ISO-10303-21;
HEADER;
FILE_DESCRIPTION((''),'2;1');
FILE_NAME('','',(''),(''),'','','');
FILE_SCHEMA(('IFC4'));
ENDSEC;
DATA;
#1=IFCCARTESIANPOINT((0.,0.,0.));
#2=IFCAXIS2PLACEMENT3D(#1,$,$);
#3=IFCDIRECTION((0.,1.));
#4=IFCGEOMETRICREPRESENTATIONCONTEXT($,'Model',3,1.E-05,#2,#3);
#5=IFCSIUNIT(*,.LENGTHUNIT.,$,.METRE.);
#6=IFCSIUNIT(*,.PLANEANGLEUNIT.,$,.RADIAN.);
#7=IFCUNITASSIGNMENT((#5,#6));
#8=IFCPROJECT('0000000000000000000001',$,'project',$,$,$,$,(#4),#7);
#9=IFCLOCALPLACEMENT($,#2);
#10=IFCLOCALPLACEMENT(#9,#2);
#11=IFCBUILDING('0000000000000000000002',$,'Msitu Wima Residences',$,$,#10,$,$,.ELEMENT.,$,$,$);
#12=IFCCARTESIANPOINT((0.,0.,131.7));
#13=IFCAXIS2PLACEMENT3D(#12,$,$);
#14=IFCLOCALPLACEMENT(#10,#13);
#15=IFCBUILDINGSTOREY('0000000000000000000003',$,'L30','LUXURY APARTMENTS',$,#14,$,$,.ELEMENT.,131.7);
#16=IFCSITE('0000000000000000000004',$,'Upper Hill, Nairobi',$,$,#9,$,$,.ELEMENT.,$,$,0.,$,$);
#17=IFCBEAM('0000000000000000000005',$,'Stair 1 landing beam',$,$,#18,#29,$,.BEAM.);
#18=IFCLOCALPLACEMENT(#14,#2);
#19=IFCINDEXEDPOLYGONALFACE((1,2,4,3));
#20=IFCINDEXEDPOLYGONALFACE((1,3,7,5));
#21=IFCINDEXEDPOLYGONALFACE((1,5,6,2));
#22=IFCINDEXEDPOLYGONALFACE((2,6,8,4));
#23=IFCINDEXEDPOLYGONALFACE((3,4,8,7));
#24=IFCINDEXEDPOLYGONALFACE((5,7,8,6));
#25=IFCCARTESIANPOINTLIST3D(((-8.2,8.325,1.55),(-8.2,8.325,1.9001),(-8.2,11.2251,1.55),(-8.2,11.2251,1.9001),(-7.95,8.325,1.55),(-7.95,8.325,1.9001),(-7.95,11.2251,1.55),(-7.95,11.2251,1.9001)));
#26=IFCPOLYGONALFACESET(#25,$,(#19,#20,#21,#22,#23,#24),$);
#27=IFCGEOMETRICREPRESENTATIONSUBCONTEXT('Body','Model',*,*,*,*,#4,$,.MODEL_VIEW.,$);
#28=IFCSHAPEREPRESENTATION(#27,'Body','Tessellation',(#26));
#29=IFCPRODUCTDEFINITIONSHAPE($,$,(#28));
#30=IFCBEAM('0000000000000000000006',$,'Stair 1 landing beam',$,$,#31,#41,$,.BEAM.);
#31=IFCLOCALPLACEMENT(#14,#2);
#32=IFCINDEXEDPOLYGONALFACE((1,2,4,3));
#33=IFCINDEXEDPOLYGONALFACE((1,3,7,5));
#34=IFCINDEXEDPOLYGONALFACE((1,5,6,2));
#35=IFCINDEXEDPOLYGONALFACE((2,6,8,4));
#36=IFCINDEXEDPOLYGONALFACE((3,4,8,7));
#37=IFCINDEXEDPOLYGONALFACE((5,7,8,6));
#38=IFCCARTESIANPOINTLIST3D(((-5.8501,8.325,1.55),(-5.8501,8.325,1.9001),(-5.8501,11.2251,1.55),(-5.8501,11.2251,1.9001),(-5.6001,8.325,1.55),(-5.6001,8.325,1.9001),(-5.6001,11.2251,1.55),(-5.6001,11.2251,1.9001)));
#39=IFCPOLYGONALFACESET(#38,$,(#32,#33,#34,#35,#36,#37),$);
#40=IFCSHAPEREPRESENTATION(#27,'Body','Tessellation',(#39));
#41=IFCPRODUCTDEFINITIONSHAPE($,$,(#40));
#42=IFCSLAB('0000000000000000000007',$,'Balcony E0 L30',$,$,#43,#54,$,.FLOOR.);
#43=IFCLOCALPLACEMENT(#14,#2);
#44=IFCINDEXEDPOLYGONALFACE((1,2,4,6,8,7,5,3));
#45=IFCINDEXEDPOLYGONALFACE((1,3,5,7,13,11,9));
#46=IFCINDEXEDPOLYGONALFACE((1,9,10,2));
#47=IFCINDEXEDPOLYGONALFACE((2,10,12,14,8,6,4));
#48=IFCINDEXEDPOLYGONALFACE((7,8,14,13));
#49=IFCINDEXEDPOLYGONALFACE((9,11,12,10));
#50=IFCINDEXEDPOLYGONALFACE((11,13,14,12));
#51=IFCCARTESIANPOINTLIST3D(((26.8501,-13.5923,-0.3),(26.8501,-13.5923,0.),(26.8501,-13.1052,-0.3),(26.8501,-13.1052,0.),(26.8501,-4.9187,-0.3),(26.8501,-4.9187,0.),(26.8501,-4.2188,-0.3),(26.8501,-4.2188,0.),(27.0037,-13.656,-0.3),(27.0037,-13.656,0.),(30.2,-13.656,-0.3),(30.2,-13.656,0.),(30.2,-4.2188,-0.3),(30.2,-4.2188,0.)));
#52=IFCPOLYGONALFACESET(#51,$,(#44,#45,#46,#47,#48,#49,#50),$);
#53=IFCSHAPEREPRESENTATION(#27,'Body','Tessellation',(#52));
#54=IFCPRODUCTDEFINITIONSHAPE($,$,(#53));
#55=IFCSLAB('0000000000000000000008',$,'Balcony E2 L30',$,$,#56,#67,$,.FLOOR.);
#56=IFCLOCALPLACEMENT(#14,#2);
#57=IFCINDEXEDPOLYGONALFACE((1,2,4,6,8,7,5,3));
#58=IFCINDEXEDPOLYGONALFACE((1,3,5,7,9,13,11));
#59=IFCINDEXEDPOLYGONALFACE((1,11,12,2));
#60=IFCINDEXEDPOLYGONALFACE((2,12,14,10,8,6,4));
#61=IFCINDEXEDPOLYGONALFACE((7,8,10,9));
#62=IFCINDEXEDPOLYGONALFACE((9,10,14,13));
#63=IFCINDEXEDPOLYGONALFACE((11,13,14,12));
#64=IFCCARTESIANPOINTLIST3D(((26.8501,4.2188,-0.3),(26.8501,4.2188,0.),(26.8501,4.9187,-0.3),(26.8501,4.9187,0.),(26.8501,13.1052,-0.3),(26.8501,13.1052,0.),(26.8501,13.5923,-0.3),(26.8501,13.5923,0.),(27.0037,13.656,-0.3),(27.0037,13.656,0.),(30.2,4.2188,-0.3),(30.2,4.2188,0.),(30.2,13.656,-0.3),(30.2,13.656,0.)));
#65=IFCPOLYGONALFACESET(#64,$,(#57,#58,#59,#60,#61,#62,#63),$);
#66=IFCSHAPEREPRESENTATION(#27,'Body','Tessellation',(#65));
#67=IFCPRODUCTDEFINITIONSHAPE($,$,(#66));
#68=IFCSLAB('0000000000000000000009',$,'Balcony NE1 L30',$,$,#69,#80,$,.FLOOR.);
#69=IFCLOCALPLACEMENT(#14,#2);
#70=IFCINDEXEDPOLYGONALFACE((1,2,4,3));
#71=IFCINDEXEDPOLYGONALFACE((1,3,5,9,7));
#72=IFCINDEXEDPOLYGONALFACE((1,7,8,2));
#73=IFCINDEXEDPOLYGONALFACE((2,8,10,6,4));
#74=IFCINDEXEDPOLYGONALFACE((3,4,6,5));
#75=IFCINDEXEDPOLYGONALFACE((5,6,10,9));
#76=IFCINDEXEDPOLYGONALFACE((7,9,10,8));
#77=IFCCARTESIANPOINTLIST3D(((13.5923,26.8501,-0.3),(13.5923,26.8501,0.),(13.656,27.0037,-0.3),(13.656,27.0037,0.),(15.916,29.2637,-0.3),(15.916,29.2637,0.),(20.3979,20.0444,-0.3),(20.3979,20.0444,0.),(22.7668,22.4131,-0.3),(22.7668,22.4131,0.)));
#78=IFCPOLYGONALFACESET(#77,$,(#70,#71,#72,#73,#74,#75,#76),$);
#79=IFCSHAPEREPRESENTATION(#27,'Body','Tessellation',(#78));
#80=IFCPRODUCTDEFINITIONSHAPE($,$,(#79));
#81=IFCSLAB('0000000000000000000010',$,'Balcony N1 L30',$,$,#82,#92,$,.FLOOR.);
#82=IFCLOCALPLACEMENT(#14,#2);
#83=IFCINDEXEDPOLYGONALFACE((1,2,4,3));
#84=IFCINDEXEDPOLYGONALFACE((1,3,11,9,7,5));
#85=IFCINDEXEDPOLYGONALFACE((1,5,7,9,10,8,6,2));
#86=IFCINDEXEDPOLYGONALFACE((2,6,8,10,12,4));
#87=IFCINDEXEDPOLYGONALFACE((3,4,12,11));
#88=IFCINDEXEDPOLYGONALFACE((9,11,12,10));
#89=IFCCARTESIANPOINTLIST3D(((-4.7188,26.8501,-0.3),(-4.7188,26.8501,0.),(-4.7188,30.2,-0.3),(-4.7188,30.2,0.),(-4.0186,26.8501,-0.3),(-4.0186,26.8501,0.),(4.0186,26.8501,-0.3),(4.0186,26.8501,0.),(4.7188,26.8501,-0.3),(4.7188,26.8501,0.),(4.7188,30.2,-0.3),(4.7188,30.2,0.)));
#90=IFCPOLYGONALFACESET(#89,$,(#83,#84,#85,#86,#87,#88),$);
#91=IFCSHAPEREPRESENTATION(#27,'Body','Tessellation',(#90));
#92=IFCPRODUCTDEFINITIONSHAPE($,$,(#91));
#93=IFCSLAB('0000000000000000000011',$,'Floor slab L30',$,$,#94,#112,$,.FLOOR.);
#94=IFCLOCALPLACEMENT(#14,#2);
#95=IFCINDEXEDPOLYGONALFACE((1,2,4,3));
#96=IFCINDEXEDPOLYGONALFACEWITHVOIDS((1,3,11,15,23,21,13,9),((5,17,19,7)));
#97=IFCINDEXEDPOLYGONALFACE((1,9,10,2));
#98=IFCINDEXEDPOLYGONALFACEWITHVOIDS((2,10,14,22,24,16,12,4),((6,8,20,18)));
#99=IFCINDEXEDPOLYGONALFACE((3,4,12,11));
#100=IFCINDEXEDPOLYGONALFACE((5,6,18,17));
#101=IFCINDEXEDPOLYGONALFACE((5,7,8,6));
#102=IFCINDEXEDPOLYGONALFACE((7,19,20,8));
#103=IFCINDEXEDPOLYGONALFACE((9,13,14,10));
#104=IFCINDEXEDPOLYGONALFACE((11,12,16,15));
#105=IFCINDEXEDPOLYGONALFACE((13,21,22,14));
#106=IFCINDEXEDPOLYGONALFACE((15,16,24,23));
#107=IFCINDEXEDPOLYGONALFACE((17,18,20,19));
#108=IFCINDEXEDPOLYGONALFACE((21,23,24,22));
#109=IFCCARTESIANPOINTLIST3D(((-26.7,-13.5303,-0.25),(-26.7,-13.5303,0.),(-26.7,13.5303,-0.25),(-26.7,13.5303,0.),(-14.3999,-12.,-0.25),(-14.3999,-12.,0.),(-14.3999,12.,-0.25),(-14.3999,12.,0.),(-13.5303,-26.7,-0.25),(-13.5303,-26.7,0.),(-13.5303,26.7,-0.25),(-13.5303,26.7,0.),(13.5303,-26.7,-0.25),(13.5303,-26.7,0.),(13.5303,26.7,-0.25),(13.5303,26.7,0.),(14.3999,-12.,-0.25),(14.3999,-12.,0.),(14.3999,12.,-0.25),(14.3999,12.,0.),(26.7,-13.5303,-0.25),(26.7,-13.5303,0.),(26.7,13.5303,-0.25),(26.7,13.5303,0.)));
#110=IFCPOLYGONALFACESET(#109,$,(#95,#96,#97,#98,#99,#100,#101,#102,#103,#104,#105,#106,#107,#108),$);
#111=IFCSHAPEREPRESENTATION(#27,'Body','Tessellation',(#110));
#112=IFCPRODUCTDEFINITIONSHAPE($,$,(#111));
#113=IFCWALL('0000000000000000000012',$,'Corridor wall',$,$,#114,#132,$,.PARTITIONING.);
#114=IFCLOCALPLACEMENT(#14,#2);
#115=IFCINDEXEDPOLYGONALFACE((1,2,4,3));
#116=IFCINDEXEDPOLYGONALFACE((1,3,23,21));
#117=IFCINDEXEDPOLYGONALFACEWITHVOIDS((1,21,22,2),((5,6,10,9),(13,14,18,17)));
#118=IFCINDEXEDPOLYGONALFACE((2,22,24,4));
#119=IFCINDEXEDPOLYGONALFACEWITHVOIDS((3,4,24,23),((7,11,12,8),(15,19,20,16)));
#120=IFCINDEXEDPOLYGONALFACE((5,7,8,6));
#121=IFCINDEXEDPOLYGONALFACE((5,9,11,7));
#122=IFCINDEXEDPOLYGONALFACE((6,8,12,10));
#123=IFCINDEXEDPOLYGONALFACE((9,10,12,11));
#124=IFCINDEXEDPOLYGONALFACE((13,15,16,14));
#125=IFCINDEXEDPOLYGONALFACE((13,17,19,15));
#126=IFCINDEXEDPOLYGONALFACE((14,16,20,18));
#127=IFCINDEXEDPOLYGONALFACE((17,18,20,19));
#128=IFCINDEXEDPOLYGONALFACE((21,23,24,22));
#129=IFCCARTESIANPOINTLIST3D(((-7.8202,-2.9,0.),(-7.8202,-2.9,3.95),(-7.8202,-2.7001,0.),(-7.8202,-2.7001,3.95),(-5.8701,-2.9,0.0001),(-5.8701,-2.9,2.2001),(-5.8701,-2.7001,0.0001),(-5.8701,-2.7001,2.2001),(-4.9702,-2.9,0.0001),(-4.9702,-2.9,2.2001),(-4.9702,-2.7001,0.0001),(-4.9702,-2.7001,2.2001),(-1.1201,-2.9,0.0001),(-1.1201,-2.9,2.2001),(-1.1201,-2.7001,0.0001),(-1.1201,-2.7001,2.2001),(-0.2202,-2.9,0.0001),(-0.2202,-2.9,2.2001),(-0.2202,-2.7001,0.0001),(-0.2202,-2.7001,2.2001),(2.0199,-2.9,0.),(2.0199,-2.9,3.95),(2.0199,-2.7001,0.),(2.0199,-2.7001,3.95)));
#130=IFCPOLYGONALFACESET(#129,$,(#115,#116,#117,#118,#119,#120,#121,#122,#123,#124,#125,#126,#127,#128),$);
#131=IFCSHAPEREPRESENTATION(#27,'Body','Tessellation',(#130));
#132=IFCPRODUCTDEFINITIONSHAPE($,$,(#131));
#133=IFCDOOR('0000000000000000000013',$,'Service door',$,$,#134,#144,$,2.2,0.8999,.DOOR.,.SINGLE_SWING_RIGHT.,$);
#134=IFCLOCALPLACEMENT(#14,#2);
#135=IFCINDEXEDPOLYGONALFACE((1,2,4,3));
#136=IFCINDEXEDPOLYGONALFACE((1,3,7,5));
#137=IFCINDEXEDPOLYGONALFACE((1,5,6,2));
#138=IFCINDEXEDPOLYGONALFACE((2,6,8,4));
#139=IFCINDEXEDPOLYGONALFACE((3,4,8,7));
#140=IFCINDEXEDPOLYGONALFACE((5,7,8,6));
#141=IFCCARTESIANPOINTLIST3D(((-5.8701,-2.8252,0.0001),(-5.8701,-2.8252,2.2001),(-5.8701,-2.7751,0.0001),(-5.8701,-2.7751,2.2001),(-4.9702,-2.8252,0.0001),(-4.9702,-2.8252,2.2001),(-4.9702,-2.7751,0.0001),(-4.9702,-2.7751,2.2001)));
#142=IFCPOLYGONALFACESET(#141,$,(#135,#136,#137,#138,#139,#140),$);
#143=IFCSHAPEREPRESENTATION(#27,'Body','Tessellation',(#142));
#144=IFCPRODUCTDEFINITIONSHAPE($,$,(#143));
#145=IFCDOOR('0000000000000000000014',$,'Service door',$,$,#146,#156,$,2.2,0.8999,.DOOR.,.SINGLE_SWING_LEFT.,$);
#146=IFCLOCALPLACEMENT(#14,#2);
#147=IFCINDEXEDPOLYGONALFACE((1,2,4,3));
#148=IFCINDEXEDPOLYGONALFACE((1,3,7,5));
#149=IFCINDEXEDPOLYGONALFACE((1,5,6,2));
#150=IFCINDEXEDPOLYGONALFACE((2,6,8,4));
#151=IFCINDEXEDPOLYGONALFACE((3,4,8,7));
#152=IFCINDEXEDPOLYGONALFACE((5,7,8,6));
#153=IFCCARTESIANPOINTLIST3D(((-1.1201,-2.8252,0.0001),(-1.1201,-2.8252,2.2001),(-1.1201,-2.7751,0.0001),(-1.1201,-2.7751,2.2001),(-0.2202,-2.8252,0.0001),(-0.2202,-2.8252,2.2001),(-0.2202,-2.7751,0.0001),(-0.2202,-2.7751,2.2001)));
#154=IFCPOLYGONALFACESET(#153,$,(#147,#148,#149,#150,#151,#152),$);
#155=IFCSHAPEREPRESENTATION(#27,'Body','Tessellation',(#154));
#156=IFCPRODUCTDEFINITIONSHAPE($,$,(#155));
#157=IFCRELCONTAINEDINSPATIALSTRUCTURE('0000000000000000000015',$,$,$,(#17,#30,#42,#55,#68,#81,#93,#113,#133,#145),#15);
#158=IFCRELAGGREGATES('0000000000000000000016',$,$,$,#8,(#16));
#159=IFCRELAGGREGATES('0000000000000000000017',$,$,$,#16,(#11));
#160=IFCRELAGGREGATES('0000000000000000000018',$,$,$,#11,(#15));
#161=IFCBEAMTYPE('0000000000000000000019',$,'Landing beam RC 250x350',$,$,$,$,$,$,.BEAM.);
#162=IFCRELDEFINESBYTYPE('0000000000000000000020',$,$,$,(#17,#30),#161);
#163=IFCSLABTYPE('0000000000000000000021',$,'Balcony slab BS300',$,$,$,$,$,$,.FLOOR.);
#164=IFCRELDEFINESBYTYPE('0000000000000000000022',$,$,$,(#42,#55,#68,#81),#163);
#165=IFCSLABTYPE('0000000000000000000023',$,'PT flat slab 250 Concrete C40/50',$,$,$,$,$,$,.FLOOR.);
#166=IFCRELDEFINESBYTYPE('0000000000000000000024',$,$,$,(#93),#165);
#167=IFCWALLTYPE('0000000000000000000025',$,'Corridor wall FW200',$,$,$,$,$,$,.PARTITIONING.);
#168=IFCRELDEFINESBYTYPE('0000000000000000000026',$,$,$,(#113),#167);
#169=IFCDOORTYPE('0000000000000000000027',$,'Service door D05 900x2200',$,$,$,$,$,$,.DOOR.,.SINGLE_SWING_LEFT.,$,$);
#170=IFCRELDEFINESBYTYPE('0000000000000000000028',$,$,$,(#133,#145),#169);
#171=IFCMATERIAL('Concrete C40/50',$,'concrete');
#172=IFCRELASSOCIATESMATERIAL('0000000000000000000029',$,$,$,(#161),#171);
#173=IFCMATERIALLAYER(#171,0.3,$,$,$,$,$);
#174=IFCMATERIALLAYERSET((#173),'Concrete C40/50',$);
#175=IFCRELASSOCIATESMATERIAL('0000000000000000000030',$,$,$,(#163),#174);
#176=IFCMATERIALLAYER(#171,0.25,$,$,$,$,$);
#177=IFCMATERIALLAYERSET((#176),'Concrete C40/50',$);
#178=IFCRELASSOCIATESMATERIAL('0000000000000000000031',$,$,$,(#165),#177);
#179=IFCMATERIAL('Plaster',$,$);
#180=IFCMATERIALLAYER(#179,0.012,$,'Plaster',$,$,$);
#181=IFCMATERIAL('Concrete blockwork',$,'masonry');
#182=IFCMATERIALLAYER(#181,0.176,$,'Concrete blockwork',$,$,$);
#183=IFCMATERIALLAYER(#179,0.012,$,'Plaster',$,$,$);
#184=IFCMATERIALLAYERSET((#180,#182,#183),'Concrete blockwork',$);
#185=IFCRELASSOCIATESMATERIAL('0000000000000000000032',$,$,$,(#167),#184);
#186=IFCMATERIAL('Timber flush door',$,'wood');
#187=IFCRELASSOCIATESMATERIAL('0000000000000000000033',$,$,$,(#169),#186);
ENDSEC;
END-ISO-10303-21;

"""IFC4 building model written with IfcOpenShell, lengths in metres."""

from ifc_helpers import new_model, si_unit, direction, frame, frame_2d, origin, origin_2d, place, context, subcontext, project, spatial, polyline, rectangle, outline, extrude, material, layer, layer_set, material_profile, profile_set, type_object, element, fill, save


model = new_model("IFC4")

# Units and contexts
model_context = context("Model", 3, precision=1e-05, world=origin(), true_north=direction((0.0, 1.0)))
body_context = subcontext(model_context, "Body", "Model", "MODEL_VIEW")
ifc_project = project(units=[si_unit("LENGTHUNIT", "METRE"), si_unit("PLANEANGLEUNIT", "RADIAN")], contexts=[model_context])

# Site, building, storey
site_placement = place(None, origin())
site = spatial("IfcSite", under=ifc_project, at=site_placement, Name="Upper Hill, Nairobi", CompositionType="ELEMENT", RefElevation=0.0)
building_placement = place(site_placement, origin())
building = spatial("IfcBuilding", under=site, at=building_placement, Name="Msitu Wima Residences", CompositionType="ELEMENT")
storey_placement = place(building_placement, frame((0.0, 0.0, 131.7)))
storey = spatial("IfcBuildingStorey", under=building, at=storey_placement, Name="L30", Description="LUXURY APARTMENTS", CompositionType="ELEMENT", Elevation=131.7)

# Beams
ifc_material_1 = material(Name="Concrete C40/50", Category="concrete")
ifc_material_profile = material_profile(ifc_material_1, rectangle(XDim=0.25, YDim=0.3501, at=origin_2d()), Name="RC 250x350")
ifc_profile_set = profile_set([ifc_material_profile], Name="Concrete C40/50")
beam_type = type_object("IfcBeamType", Name="Landing beam RC 250x350", PredefinedType="BEAM", material=ifc_profile_set)
for number, where, z_axis, x_axis, name in (
    (1, (-8.075, 8.325, 1.7251), (0.0, 1.0, 0.0), (-1.0, 0.0, 0.0), "Stair 1 landing beam"),
    (2, (-5.7251, 8.325, 1.7251), (0.0, 1.0, 0.0), (-1.0, 0.0, 0.0), "Stair 1 landing beam"),
):
    element("IfcBeam", number, at=place(storey_placement, frame(where, z_axis=z_axis, x_axis=x_axis)), inside=storey, type_object=beam_type, Name=name, PredefinedType="BEAM", context=body_context, shape_type="SweptSolid", body=[
        extrude(rectangle(XDim=0.25, YDim=0.3501, at=origin_2d()), origin(), (0.0, 0.0, 1.0), 2.9001),
    ])

# Slabs
ifc_layer_1 = layer(ifc_material_1, 0.3)
ifc_layer_set_1 = layer_set([ifc_layer_1], Name="Concrete C40/50")
slab_type_1 = type_object("IfcSlabType", Name="Balcony slab BS300", PredefinedType="FLOOR", material=ifc_layer_set_1)
slab_1_placement = place(storey_placement, frame((0.0, 0.0, -0.3)))
element("IfcSlab", 3, at=slab_1_placement, inside=storey, type_object=slab_type_1, Name="Balcony E0 L30", PredefinedType="FLOOR", context=body_context, shape_type="SweptSolid", body=[
    extrude(outline(polyline([(26.8501, -13.1052), (26.8501, -13.1052), (26.8501, -4.9187), (26.8501, -4.9187), (26.8501, -4.2188), (30.2, -4.2188), (30.2, -13.656), (27.0037, -13.656), (26.8501, -13.5923), (26.8501, -13.1052), (26.8501, -13.1052)])), origin(), (0.0, 0.0, 1.0), 0.3),
])
slab_2_placement = place(storey_placement, frame((0.0, 0.0, -0.3)))
element("IfcSlab", 4, at=slab_2_placement, inside=storey, type_object=slab_type_1, Name="Balcony E2 L30", PredefinedType="FLOOR", context=body_context, shape_type="SweptSolid", body=[
    extrude(outline(polyline([(26.8501, 13.1052), (26.8501, 13.1052), (26.8501, 13.5923), (27.0037, 13.656), (30.2, 13.656), (30.2, 4.2188), (26.8501, 4.2188), (26.8501, 4.9187), (26.8501, 4.9187), (26.8501, 13.1052), (26.8501, 13.1052)])), origin(), (0.0, 0.0, 1.0), 0.3),
])
slab_3_placement = place(storey_placement, frame((0.0, 0.0, -0.3)))
element("IfcSlab", 5, at=slab_3_placement, inside=storey, type_object=slab_type_1, Name="Balcony NE1 L30", PredefinedType="FLOOR", context=body_context, shape_type="SweptSolid", body=[
    extrude(outline(polyline([(15.916, 29.2637), (22.7668, 22.4131), (20.3979, 20.0444), (13.5923, 26.8501), (13.656, 27.0037), (15.916, 29.2637)])), origin(), (0.0, 0.0, 1.0), 0.3),
])
slab_4_placement = place(storey_placement, frame((0.0, 0.0, -0.3)))
element("IfcSlab", 6, at=slab_4_placement, inside=storey, type_object=slab_type_1, Name="Balcony N1 L30", PredefinedType="FLOOR", context=body_context, shape_type="SweptSolid", body=[
    extrude(outline(polyline([(-4.0186, 26.8501), (-4.0186, 26.8501), (-4.7188, 26.8501), (-4.7188, 30.2), (4.7188, 30.2), (4.7188, 26.8501), (4.0186, 26.8501), (4.0186, 26.8501), (-4.0186, 26.8501)])), origin(), (0.0, 0.0, 1.0), 0.3),
])
ifc_layer_2 = layer(ifc_material_1, 0.25)
ifc_layer_set_2 = layer_set([ifc_layer_2], Name="Concrete C40/50")
slab_type_2 = type_object("IfcSlabType", Name="PT flat slab 250 Concrete C40/50", PredefinedType="FLOOR", material=ifc_layer_set_2)
slab_5_placement = place(storey_placement, frame((0.0, 0.0, -0.25)))
element("IfcSlab", 7, at=slab_5_placement, inside=storey, type_object=slab_type_2, Name="Floor slab L30", PredefinedType="FLOOR", context=body_context, shape_type="SweptSolid", body=[
    extrude(outline(polyline([(26.7, -13.5303), (13.5303, -26.7), (-13.5303, -26.7), (-26.7, -13.5303), (-26.7, 13.5303), (-13.5303, 26.7), (13.5303, 26.7), (26.7, 13.5303), (26.7, -13.5303)]), holes=[polyline([(-14.3999, -12.0), (14.3999, -12.0), (14.3999, 12.0), (-14.3999, 12.0), (-14.3999, -12.0)])]), origin(), (0.0, 0.0, 1.0), 0.25),
])

# Wall, openings, doors
ifc_material_2 = material(Name="Plaster")
ifc_layer_3 = layer(ifc_material_2, 0.012, Name="Plaster")
ifc_material_3 = material(Name="Concrete blockwork", Category="masonry")
ifc_layer_4 = layer(ifc_material_3, 0.176, Name="Concrete blockwork")
ifc_layer_5 = layer(ifc_material_2, 0.012, Name="Plaster")
ifc_layer_set_3 = layer_set([ifc_layer_3, ifc_layer_4, ifc_layer_5], Name="Concrete blockwork")
wall_type_1 = type_object("IfcWallType", Name="Corridor wall FW200", PredefinedType="PARTITIONING", material=ifc_layer_set_3)
wall_1_placement = place(storey_placement, frame((-7.8201, -2.8, 0.0), z_axis=(0.0, 0.0, 1.0), x_axis=(1.0, 0.0, 0.0)))
wall_1 = element("IfcWall", 8, at=wall_1_placement, inside=storey, type_object=wall_type_1, Name="Corridor wall", PredefinedType="PARTITIONING", context=body_context, shape_type="SweptSolid", body=[
    extrude(rectangle(XDim=9.8401, YDim=0.2, at=frame_2d((4.9199, 0.0))), origin(), (0.0, 0.0, 1.0), 3.95),
])
opening_1_placement = place(wall_1_placement, frame((1.95, 0.0, 0.0)))
opening_1 = element("IfcOpeningElement", 9, at=opening_1_placement, cuts=wall_1, PredefinedType="OPENING", context=body_context, shape_type="SweptSolid", body=[
    extrude(rectangle(XDim=0.8999, YDim=2.2, at=frame_2d((0.45, 1.1001))), frame((0.0, 0.1099, 0.0), z_axis=(0.0, -1.0, 0.0), x_axis=(1.0, 0.0, 0.0)), (0.0, 0.0, 1.0), 0.22),
])
opening_2_placement = place(wall_1_placement, frame((6.7, 0.0, 0.0)))
opening_2 = element("IfcOpeningElement", 10, at=opening_2_placement, cuts=wall_1, PredefinedType="OPENING", context=body_context, shape_type="SweptSolid", body=[
    extrude(rectangle(XDim=0.8999, YDim=2.2, at=frame_2d((0.45, 1.1001))), frame((0.0, 0.1099, 0.0), z_axis=(0.0, -1.0, 0.0), x_axis=(1.0, 0.0, 0.0)), (0.0, 0.0, 1.0), 0.22),
])
ifc_material_4 = material(Name="Timber flush door", Category="wood")
door_type_1 = type_object("IfcDoorType", Name="Service door D05 900x2200", OperationType="SINGLE_SWING_LEFT", PredefinedType="DOOR", material=ifc_material_4)
door_1_placement = place(opening_1_placement, origin())
door_1 = element("IfcDoor", 11, at=door_1_placement, inside=storey, type_object=door_type_1, Name="Service door", OperationType="SINGLE_SWING_RIGHT", OverallHeight=2.2, OverallWidth=0.8999, PredefinedType="DOOR", context=body_context, shape_type="SweptSolid", body=[
    extrude(rectangle(XDim=0.8999, YDim=2.2, at=frame_2d((0.45, 1.1001))), frame((0.0, 0.0249, 0.0), z_axis=(0.0, -1.0, 0.0), x_axis=(1.0, 0.0, 0.0)), (0.0, 0.0, 1.0), 0.05),
])
fill(opening_1, door_1)
door_2_placement = place(opening_2_placement, origin())
door_2 = element("IfcDoor", 12, at=door_2_placement, inside=storey, type_object=door_type_1, Name="Service door", OperationType="SINGLE_SWING_LEFT", OverallHeight=2.2, OverallWidth=0.8999, PredefinedType="DOOR", context=body_context, shape_type="SweptSolid", body=[
    extrude(rectangle(XDim=0.8999, YDim=2.2, at=frame_2d((0.45, 1.1001))), frame((0.0, 0.0249, 0.0), z_axis=(0.0, -1.0, 0.0), x_axis=(1.0, 0.0, 0.0)), (0.0, 0.0, 1.0), 0.05),
])
fill(opening_2, door_2)

save(model, "model.ifc")
